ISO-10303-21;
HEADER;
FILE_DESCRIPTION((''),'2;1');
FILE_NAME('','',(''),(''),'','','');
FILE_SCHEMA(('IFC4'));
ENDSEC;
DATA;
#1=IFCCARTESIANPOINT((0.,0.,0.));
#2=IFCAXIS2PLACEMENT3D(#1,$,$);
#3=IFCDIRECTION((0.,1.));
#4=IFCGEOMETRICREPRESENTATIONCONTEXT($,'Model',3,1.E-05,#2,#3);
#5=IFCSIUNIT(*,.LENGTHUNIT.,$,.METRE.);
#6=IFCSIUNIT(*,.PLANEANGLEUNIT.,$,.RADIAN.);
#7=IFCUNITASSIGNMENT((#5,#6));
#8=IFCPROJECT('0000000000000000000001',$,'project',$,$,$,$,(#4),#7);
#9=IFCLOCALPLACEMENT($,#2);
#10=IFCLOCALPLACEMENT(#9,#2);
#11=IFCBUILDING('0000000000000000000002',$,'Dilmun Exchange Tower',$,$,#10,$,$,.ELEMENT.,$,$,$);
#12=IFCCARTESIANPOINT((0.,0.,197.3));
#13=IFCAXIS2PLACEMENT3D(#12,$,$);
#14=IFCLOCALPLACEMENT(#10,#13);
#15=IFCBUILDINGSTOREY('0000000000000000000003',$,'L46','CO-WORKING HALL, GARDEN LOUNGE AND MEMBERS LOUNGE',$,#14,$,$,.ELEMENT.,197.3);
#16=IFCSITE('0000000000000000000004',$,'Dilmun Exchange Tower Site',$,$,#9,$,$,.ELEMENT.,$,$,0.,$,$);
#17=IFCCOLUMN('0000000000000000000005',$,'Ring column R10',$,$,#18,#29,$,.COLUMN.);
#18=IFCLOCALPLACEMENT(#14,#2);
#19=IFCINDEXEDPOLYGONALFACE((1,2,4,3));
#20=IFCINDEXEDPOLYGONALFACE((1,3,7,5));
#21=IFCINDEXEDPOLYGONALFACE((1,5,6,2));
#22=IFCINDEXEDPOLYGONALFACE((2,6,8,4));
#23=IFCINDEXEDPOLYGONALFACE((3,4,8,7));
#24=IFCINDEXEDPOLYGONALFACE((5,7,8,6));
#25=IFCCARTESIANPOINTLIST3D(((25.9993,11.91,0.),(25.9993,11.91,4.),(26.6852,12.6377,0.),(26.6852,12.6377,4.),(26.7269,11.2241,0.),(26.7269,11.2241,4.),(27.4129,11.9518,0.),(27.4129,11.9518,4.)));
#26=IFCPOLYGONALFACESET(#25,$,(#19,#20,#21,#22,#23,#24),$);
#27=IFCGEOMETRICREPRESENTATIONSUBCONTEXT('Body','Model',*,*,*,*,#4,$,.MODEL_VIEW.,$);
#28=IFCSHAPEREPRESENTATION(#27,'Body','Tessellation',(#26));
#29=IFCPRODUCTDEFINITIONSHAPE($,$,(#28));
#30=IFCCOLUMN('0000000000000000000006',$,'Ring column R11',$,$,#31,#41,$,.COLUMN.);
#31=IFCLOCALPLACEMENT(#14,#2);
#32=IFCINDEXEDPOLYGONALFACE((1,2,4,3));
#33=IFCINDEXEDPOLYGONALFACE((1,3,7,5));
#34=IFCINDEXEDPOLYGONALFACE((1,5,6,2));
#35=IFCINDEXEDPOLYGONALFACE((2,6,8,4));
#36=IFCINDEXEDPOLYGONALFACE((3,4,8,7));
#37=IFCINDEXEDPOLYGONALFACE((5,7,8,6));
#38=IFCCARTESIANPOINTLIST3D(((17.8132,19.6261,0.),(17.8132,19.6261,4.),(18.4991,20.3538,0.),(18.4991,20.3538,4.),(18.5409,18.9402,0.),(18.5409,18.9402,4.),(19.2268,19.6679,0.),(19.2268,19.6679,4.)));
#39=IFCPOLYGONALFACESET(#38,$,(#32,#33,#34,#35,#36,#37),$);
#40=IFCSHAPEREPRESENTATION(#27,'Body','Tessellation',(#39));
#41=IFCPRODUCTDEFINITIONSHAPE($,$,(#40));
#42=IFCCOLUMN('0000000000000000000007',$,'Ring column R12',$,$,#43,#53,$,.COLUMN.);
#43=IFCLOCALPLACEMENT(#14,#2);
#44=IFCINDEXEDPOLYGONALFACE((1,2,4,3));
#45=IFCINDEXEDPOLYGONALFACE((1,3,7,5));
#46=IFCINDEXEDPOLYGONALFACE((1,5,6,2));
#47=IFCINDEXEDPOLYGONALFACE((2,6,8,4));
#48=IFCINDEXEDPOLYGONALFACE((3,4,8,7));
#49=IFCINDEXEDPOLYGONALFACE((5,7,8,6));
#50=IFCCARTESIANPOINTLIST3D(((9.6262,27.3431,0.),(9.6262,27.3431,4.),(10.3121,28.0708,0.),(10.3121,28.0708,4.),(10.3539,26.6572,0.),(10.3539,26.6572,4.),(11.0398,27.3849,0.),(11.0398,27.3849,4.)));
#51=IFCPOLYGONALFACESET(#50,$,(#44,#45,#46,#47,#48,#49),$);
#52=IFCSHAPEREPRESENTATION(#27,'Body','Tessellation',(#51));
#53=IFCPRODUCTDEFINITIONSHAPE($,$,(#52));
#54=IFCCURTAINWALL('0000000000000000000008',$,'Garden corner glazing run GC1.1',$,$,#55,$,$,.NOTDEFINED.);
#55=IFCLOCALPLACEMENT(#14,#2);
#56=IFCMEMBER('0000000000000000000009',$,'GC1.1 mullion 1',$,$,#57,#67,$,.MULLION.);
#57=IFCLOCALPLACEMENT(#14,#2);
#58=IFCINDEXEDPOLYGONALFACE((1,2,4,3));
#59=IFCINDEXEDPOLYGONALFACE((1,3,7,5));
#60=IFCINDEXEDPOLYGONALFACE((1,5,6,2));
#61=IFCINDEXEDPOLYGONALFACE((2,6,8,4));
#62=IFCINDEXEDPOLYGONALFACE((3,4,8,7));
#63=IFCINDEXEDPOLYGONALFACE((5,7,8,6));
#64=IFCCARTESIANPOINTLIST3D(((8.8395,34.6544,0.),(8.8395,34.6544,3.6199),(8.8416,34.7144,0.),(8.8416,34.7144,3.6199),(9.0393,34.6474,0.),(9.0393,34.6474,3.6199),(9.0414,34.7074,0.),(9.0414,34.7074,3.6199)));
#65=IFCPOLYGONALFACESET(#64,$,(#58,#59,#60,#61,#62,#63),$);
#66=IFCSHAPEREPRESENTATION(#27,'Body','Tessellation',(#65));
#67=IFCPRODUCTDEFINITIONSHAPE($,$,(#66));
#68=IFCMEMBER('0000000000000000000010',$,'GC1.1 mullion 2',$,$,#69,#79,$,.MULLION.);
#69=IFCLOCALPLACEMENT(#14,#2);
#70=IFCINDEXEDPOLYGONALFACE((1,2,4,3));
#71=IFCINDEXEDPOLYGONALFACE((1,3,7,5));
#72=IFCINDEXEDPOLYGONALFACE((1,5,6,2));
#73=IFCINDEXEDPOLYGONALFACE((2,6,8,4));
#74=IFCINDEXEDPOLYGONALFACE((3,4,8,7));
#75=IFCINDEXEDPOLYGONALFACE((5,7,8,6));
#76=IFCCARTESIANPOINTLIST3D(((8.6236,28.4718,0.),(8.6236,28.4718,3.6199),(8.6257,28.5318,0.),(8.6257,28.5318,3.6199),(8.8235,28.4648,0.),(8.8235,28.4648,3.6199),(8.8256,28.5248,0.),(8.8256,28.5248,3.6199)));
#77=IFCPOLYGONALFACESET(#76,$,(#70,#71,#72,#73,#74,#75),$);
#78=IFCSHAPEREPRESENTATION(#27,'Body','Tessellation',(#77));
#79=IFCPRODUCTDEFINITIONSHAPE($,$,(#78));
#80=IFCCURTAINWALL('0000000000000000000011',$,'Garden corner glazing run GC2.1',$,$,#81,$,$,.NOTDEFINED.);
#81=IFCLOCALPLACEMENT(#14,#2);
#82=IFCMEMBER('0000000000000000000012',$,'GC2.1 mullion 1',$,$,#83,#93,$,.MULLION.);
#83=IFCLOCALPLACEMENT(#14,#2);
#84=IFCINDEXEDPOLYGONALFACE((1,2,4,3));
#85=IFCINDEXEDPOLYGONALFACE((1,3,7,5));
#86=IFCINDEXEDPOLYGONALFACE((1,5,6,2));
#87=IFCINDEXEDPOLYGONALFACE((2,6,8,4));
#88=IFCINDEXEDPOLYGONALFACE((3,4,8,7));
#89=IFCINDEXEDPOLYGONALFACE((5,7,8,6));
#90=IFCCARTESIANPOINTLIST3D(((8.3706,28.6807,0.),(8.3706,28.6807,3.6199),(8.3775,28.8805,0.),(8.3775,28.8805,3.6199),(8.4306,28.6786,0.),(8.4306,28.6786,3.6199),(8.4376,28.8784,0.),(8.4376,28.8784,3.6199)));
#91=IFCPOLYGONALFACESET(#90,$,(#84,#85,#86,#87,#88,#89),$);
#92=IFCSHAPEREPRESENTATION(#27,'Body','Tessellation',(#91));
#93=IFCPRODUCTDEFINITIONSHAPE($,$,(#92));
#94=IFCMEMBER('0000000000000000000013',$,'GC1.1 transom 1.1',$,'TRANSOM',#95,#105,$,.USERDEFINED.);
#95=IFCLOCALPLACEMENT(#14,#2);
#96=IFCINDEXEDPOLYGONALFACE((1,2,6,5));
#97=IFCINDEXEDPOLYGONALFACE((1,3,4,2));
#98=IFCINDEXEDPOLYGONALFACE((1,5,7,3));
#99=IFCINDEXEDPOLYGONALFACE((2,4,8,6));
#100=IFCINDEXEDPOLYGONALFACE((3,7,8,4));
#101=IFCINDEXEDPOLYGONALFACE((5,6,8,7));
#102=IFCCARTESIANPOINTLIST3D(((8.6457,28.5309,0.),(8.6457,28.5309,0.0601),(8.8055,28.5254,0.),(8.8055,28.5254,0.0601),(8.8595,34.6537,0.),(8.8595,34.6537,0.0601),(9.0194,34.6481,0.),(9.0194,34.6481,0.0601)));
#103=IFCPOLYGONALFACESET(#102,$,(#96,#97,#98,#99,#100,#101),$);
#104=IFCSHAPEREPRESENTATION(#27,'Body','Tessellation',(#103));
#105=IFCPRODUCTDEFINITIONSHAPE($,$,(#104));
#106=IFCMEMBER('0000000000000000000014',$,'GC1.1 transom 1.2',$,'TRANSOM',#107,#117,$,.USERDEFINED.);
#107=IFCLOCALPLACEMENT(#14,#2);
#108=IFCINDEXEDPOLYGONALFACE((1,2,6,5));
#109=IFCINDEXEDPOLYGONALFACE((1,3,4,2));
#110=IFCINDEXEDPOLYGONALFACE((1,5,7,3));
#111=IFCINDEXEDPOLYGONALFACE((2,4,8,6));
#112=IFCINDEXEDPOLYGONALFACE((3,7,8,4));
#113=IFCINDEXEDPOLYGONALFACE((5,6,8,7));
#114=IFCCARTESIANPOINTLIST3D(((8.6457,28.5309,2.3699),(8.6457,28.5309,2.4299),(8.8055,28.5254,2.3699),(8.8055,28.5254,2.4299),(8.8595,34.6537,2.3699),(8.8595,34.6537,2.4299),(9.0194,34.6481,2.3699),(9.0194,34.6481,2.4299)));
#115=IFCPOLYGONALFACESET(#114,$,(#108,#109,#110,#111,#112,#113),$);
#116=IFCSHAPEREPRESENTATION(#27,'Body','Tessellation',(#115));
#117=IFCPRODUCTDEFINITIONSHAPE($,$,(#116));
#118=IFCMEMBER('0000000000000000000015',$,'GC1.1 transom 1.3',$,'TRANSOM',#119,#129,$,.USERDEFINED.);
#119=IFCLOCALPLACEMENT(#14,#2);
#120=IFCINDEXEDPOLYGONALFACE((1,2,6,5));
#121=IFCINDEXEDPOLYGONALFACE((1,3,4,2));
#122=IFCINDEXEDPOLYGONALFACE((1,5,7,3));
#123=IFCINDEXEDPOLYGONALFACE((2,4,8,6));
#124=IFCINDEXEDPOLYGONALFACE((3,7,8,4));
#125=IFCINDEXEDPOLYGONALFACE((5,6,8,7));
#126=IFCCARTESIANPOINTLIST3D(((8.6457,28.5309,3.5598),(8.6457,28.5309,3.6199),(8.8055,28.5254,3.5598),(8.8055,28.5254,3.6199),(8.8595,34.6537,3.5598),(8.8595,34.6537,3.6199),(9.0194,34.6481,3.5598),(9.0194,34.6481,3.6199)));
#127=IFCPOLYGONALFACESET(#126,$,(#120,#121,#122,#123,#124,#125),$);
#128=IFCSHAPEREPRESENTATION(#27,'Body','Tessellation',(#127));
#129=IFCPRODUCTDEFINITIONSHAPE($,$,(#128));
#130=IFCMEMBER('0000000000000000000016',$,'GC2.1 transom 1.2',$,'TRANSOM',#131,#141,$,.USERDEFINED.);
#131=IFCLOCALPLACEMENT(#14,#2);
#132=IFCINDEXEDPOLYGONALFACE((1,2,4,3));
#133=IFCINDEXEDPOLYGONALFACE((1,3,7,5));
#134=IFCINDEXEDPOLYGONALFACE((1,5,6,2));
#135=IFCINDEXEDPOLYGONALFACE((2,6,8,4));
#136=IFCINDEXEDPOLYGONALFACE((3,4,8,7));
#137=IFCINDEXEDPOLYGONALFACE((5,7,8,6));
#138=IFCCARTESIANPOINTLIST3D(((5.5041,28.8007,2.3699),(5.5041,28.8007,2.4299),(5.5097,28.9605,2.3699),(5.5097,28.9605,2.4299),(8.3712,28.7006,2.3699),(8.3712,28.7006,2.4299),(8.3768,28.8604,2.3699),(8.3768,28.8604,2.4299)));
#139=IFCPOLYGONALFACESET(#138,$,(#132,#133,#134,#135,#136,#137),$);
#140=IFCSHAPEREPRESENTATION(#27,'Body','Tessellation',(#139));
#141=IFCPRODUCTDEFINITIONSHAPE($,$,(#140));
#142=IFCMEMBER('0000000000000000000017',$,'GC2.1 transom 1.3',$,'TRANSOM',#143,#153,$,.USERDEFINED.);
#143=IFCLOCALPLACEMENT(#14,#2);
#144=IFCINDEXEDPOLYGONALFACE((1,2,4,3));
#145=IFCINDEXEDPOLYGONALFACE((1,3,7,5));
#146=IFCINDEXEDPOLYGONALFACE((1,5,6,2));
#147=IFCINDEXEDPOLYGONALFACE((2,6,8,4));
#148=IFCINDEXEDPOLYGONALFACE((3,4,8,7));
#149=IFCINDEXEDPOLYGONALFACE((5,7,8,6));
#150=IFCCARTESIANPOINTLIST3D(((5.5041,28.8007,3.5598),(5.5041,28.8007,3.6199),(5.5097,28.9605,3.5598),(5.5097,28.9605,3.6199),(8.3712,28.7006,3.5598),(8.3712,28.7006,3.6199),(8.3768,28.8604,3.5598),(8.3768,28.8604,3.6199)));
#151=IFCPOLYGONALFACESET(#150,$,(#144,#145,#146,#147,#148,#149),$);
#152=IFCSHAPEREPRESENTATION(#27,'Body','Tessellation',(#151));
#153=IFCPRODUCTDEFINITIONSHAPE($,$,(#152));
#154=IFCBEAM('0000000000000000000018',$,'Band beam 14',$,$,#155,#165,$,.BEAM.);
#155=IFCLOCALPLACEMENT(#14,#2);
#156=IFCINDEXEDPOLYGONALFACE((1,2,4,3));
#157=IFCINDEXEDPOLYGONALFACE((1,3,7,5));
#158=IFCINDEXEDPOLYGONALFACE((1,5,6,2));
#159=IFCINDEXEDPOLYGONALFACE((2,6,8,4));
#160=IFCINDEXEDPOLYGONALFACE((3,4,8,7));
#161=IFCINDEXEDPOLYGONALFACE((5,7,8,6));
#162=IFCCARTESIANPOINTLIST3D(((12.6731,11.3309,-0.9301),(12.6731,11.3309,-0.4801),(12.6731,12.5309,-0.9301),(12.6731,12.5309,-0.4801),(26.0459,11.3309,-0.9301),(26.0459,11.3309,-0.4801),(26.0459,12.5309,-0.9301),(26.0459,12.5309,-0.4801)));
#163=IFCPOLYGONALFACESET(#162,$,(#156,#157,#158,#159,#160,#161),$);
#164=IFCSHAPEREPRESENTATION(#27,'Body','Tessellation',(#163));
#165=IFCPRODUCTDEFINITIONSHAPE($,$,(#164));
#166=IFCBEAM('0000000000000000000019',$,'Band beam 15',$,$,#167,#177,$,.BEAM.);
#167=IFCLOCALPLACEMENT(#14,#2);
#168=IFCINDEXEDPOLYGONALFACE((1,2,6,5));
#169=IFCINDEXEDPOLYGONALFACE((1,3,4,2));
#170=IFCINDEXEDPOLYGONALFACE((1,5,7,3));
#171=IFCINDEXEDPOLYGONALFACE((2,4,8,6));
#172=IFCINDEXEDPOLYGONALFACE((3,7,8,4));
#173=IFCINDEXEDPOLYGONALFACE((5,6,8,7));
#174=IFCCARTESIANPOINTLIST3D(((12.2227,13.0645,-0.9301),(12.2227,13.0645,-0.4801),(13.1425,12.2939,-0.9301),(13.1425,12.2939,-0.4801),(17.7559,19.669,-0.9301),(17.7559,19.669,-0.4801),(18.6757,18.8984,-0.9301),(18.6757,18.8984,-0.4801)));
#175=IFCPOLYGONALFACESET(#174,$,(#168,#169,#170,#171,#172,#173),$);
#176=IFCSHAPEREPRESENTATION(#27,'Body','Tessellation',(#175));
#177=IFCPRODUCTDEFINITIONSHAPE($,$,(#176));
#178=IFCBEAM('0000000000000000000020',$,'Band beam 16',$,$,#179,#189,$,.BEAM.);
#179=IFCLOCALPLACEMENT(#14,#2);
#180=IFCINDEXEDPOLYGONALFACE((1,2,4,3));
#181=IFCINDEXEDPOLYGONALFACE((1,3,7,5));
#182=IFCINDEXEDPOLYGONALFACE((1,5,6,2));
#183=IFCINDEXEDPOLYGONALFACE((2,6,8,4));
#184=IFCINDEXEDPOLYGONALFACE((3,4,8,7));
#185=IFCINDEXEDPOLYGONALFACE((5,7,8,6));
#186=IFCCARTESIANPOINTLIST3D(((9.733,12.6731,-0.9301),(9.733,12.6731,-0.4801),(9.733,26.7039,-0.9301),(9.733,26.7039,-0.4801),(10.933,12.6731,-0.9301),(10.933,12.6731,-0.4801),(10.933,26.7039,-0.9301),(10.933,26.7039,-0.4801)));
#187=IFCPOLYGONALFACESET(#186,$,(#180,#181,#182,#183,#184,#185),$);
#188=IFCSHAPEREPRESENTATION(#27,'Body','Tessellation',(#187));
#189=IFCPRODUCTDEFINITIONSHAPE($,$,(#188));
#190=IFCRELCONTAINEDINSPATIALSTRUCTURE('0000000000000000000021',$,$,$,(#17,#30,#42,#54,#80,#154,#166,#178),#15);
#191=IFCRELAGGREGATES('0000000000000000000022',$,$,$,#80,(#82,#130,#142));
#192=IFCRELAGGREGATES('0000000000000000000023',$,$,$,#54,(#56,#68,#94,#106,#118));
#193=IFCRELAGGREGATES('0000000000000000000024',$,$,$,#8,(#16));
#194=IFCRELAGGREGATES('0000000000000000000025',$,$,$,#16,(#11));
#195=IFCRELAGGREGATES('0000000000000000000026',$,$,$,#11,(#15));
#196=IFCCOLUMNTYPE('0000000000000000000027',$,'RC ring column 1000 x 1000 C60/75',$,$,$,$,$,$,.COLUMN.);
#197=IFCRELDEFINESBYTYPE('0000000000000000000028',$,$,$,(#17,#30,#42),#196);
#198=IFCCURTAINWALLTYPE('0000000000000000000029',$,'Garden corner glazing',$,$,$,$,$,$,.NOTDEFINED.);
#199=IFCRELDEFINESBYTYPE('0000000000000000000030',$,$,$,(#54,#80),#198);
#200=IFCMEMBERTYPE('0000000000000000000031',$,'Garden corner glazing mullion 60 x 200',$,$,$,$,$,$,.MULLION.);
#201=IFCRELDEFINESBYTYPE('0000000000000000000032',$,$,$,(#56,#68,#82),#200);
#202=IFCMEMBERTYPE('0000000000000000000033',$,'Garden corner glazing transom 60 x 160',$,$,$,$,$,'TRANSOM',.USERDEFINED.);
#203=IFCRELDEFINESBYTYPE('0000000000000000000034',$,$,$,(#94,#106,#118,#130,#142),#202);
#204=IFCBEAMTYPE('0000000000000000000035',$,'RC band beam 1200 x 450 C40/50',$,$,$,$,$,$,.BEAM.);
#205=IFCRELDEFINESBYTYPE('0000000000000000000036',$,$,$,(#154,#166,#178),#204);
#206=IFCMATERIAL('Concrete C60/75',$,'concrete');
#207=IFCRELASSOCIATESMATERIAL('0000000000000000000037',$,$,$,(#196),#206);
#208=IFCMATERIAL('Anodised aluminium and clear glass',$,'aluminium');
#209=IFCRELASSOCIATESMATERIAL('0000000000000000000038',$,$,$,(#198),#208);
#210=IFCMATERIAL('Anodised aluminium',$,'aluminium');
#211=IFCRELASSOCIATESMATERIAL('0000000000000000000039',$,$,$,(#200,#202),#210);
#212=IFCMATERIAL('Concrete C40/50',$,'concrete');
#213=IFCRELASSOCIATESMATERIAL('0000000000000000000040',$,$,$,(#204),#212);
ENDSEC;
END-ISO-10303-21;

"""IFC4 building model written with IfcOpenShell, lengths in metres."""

from ifc_helpers import new_model, si_unit, direction, frame, origin, origin_2d, place, context, subcontext, project, spatial, rectangle, extrude, material, material_profile, profile_set, type_object, element, aggregate, save


model = new_model("IFC4")

# Units and contexts
model_context = context("Model", 3, precision=1e-05, world=origin(), true_north=direction((0.0, 1.0)))
body_context = subcontext(model_context, "Body", "Model", "MODEL_VIEW")
ifc_project = project(units=[si_unit("LENGTHUNIT", "METRE"), si_unit("PLANEANGLEUNIT", "RADIAN")], contexts=[model_context])

# Site, building, storey
site_placement = place(None, origin())
site = spatial("IfcSite", under=ifc_project, at=site_placement, Name="Dilmun Exchange Tower Site", CompositionType="ELEMENT", RefElevation=0.0)
building_placement = place(site_placement, origin())
building = spatial("IfcBuilding", under=site, at=building_placement, Name="Dilmun Exchange Tower", CompositionType="ELEMENT")
storey_placement = place(building_placement, frame((0.0, 0.0, 197.3)))
storey = spatial("IfcBuildingStorey", under=building, at=storey_placement, Name="L46", Description="CO-WORKING HALL, GARDEN LOUNGE AND MEMBERS LOUNGE", CompositionType="ELEMENT", Elevation=197.3)

# Columns
ifc_material_1 = material(Name="Concrete C60/75", Category="concrete")
ifc_material_profile_1 = material_profile(ifc_material_1, rectangle(XDim=1.0, YDim=1.0, at=origin_2d()), Name="1000 x 1000")
ifc_profile_set_1 = profile_set([ifc_material_profile_1], Name="Concrete C60/75")
column_type = type_object("IfcColumnType", Name="RC ring column 1000 x 1000 C60/75", PredefinedType="COLUMN", material=ifc_profile_set_1)
for number, where, z_axis, x_axis, name in (
    (1, (26.7061, 11.9309, 0.0), (0.0, 0.0, 1.0), (0.685916, 0.727681, 0.0), "Ring column R10"),
    (2, (18.52, 19.647, 0.0), (0.0, 0.0, 1.0), (0.685916, 0.727681, 0.0), "Ring column R11"),
    (3, (10.333, 27.364, 0.0), (0.0, 0.0, 1.0), (0.685916, 0.727681, 0.0), "Ring column R12"),
):
    element("IfcColumn", number, at=place(storey_placement, frame(where, z_axis=z_axis, x_axis=x_axis)), inside=storey, type_object=column_type, Name=name, PredefinedType="COLUMN", context=body_context, shape_type="SweptSolid", body=[
        extrude(rectangle(XDim=1.0, YDim=1.0, at=origin_2d()), origin(), (0.0, 0.0, 1.0), 4.0),
    ])

# Curtain wall, members
ifc_material_2 = material(Name="Anodised aluminium and clear glass", Category="aluminium")
curtain_wall_type = type_object("IfcCurtainWallType", Name="Garden corner glazing", PredefinedType="NOTDEFINED", material=ifc_material_2)
curtain_wall_1_placement = place(storey_placement, origin())
curtain_wall_1 = element("IfcCurtainWall", 4, at=curtain_wall_1_placement, inside=storey, type_object=curtain_wall_type, Name="Garden corner glazing run GC1.1", PredefinedType="NOTDEFINED")
ifc_material_3 = material(Name="Anodised aluminium", Category="aluminium")
ifc_material_profile_2 = material_profile(ifc_material_3, rectangle(XDim=0.2, YDim=0.0601, at=origin_2d()), Name="AL 60x200")
ifc_profile_set_2 = profile_set([ifc_material_profile_2], Name="Anodised aluminium")
member_type_1 = type_object("IfcMemberType", Name="Garden corner glazing mullion 60 x 200", PredefinedType="MULLION", material=ifc_profile_set_2)
member_1_placement = place(storey_placement, frame((8.9404, 34.6809, 0.0), z_axis=(0.0, 0.0, 1.0), x_axis=(0.999391, -0.0349, 0.0)))
member_1 = element("IfcMember", 5, at=member_1_placement, type_object=member_type_1, Name="GC1.1 mullion 1", PredefinedType="MULLION", context=body_context, shape_type="SweptSolid", body=[
    extrude(rectangle(XDim=0.2, YDim=0.0601, at=origin_2d()), origin(), (0.0, 0.0, 1.0), 3.6199),
])
member_2_placement = place(storey_placement, frame((8.7246, 28.4983, 0.0), z_axis=(0.0, 0.0, 1.0), x_axis=(0.999391, -0.0349, 0.0)))
member_2 = element("IfcMember", 6, at=member_2_placement, type_object=member_type_1, Name="GC1.1 mullion 2", PredefinedType="MULLION", context=body_context, shape_type="SweptSolid", body=[
    extrude(rectangle(XDim=0.2, YDim=0.0601, at=origin_2d()), origin(), (0.0, 0.0, 1.0), 3.6199),
])

# Curtain wall, member
curtain_wall_2_placement = place(storey_placement, origin())
curtain_wall_2 = element("IfcCurtainWall", 7, at=curtain_wall_2_placement, inside=storey, type_object=curtain_wall_type, Name="Garden corner glazing run GC2.1", PredefinedType="NOTDEFINED")
member_3_placement = place(storey_placement, frame((8.4041, 28.7795, 0.0), z_axis=(0.0, 0.0, 1.0), x_axis=(-0.034893, -0.999391, 0.0)))
member_3 = element("IfcMember", 8, at=member_3_placement, type_object=member_type_1, Name="GC2.1 mullion 1", PredefinedType="MULLION", context=body_context, shape_type="SweptSolid", body=[
    extrude(rectangle(XDim=0.2, YDim=0.0601, at=origin_2d()), origin(), (0.0, 0.0, 1.0), 3.6199),
])

# Members
ifc_material_profile_3 = material_profile(ifc_material_3, rectangle(XDim=0.1599, YDim=0.0601, at=origin_2d()), Name="AL 60x160")
ifc_profile_set_3 = profile_set([ifc_material_profile_3], Name="Anodised aluminium")
member_type_2 = type_object("IfcMemberType", Name="Garden corner glazing transom 60 x 160", ElementType="TRANSOM", PredefinedType="USERDEFINED", material=ifc_profile_set_3)
member_4_placement = place(storey_placement, frame((8.9395, 34.6509, 0.03), z_axis=(-0.034908, -0.999391, 0.0), x_axis=(0.999391, -0.034908, 0.0)))
member_4 = element("IfcMember", 9, at=member_4_placement, type_object=member_type_2, Name="GC1.1 transom 1.1", ObjectType="TRANSOM", PredefinedType="USERDEFINED", context=body_context, shape_type="SweptSolid", body=[
    extrude(rectangle(XDim=0.1599, YDim=0.0601, at=origin_2d()), origin(), (0.0, 0.0, 1.0), 6.1265),
])
member_5_placement = place(storey_placement, frame((8.9395, 34.6509, 2.3999), z_axis=(-0.034908, -0.999391, 0.0), x_axis=(0.999391, -0.034908, 0.0)))
member_5 = element("IfcMember", 10, at=member_5_placement, type_object=member_type_2, Name="GC1.1 transom 1.2", ObjectType="TRANSOM", PredefinedType="USERDEFINED", context=body_context, shape_type="SweptSolid", body=[
    extrude(rectangle(XDim=0.1599, YDim=0.0601, at=origin_2d()), origin(), (0.0, 0.0, 1.0), 6.1265),
])
member_6_placement = place(storey_placement, frame((8.9395, 34.6509, 3.5898), z_axis=(-0.034908, -0.999391, 0.0), x_axis=(0.999391, -0.034908, 0.0)))
member_6 = element("IfcMember", 11, at=member_6_placement, type_object=member_type_2, Name="GC1.1 transom 1.3", ObjectType="TRANSOM", PredefinedType="USERDEFINED", context=body_context, shape_type="SweptSolid", body=[
    extrude(rectangle(XDim=0.1599, YDim=0.0601, at=origin_2d()), origin(), (0.0, 0.0, 1.0), 6.1265),
])
member_7_placement = place(storey_placement, frame((8.374, 28.7805, 2.3999), z_axis=(-0.999391, 0.03489, 0.0), x_axis=(-0.03489, -0.999391, 0.0)))
member_7 = element("IfcMember", 12, at=member_7_placement, type_object=member_type_2, Name="GC2.1 transom 1.2", ObjectType="TRANSOM", PredefinedType="USERDEFINED", context=body_context, shape_type="SweptSolid", body=[
    extrude(rectangle(XDim=0.1599, YDim=0.0601, at=origin_2d()), origin(), (0.0, 0.0, 1.0), 2.8689),
])
member_8_placement = place(storey_placement, frame((8.374, 28.7805, 3.5898), z_axis=(-0.999391, 0.03489, 0.0), x_axis=(-0.03489, -0.999391, 0.0)))
member_8 = element("IfcMember", 13, at=member_8_placement, type_object=member_type_2, Name="GC2.1 transom 1.3", ObjectType="TRANSOM", PredefinedType="USERDEFINED", context=body_context, shape_type="SweptSolid", body=[
    extrude(rectangle(XDim=0.1599, YDim=0.0601, at=origin_2d()), origin(), (0.0, 0.0, 1.0), 2.8689),
])
aggregate(curtain_wall_2, [member_3, member_7, member_8])

# Beams
ifc_material_4 = material(Name="Concrete C40/50", Category="concrete")
ifc_material_profile_4 = material_profile(ifc_material_4, rectangle(XDim=1.2, YDim=0.45, at=origin_2d()), Name="1200 x 450")
ifc_profile_set_4 = profile_set([ifc_material_profile_4], Name="Concrete C40/50")
beam_type_1 = type_object("IfcBeamType", Name="RC band beam 1200 x 450 C40/50", PredefinedType="BEAM", material=ifc_profile_set_4)
beam_1_placement = place(storey_placement, frame((26.0459, 11.9309, -0.7051), z_axis=(-1.0, 0.0, 0.0), x_axis=(0.0, -1.0, 0.0)))
element("IfcBeam", 14, at=beam_1_placement, inside=storey, type_object=beam_type_1, Name="Band beam 14", PredefinedType="BEAM", context=body_context, shape_type="SweptSolid", body=[
    extrude(rectangle(XDim=1.2, YDim=0.45, at=origin_2d()), origin(), (0.0, 0.0, 1.0), 13.3728),
])
beam_2_placement = place(storey_placement, frame((18.2158, 19.2837, -0.7051), z_axis=(-0.6422, -0.766537, 0.0), x_axis=(0.766537, -0.6422, 0.0)))
element("IfcBeam", 15, at=beam_2_placement, inside=storey, type_object=beam_type_1, Name="Band beam 15", PredefinedType="BEAM", context=body_context, shape_type="SweptSolid", body=[
    extrude(rectangle(XDim=1.2, YDim=0.45, at=origin_2d()), origin(), (0.0, 0.0, 1.0), 8.616),
])
beam_3_placement = place(storey_placement, frame((10.333, 26.7039, -0.7051), z_axis=(0.0, -1.0, 0.0), x_axis=(1.0, 0.0, 0.0)))
element("IfcBeam", 16, at=beam_3_placement, inside=storey, type_object=beam_type_1, Name="Band beam 16", PredefinedType="BEAM", context=body_context, shape_type="SweptSolid", body=[
    extrude(rectangle(XDim=1.2, YDim=0.45, at=origin_2d()), origin(), (0.0, 0.0, 1.0), 14.0308),
])

aggregate(curtain_wall_1, [member_1, member_2, member_4, member_5, member_6])

save(model, "model.ifc")
